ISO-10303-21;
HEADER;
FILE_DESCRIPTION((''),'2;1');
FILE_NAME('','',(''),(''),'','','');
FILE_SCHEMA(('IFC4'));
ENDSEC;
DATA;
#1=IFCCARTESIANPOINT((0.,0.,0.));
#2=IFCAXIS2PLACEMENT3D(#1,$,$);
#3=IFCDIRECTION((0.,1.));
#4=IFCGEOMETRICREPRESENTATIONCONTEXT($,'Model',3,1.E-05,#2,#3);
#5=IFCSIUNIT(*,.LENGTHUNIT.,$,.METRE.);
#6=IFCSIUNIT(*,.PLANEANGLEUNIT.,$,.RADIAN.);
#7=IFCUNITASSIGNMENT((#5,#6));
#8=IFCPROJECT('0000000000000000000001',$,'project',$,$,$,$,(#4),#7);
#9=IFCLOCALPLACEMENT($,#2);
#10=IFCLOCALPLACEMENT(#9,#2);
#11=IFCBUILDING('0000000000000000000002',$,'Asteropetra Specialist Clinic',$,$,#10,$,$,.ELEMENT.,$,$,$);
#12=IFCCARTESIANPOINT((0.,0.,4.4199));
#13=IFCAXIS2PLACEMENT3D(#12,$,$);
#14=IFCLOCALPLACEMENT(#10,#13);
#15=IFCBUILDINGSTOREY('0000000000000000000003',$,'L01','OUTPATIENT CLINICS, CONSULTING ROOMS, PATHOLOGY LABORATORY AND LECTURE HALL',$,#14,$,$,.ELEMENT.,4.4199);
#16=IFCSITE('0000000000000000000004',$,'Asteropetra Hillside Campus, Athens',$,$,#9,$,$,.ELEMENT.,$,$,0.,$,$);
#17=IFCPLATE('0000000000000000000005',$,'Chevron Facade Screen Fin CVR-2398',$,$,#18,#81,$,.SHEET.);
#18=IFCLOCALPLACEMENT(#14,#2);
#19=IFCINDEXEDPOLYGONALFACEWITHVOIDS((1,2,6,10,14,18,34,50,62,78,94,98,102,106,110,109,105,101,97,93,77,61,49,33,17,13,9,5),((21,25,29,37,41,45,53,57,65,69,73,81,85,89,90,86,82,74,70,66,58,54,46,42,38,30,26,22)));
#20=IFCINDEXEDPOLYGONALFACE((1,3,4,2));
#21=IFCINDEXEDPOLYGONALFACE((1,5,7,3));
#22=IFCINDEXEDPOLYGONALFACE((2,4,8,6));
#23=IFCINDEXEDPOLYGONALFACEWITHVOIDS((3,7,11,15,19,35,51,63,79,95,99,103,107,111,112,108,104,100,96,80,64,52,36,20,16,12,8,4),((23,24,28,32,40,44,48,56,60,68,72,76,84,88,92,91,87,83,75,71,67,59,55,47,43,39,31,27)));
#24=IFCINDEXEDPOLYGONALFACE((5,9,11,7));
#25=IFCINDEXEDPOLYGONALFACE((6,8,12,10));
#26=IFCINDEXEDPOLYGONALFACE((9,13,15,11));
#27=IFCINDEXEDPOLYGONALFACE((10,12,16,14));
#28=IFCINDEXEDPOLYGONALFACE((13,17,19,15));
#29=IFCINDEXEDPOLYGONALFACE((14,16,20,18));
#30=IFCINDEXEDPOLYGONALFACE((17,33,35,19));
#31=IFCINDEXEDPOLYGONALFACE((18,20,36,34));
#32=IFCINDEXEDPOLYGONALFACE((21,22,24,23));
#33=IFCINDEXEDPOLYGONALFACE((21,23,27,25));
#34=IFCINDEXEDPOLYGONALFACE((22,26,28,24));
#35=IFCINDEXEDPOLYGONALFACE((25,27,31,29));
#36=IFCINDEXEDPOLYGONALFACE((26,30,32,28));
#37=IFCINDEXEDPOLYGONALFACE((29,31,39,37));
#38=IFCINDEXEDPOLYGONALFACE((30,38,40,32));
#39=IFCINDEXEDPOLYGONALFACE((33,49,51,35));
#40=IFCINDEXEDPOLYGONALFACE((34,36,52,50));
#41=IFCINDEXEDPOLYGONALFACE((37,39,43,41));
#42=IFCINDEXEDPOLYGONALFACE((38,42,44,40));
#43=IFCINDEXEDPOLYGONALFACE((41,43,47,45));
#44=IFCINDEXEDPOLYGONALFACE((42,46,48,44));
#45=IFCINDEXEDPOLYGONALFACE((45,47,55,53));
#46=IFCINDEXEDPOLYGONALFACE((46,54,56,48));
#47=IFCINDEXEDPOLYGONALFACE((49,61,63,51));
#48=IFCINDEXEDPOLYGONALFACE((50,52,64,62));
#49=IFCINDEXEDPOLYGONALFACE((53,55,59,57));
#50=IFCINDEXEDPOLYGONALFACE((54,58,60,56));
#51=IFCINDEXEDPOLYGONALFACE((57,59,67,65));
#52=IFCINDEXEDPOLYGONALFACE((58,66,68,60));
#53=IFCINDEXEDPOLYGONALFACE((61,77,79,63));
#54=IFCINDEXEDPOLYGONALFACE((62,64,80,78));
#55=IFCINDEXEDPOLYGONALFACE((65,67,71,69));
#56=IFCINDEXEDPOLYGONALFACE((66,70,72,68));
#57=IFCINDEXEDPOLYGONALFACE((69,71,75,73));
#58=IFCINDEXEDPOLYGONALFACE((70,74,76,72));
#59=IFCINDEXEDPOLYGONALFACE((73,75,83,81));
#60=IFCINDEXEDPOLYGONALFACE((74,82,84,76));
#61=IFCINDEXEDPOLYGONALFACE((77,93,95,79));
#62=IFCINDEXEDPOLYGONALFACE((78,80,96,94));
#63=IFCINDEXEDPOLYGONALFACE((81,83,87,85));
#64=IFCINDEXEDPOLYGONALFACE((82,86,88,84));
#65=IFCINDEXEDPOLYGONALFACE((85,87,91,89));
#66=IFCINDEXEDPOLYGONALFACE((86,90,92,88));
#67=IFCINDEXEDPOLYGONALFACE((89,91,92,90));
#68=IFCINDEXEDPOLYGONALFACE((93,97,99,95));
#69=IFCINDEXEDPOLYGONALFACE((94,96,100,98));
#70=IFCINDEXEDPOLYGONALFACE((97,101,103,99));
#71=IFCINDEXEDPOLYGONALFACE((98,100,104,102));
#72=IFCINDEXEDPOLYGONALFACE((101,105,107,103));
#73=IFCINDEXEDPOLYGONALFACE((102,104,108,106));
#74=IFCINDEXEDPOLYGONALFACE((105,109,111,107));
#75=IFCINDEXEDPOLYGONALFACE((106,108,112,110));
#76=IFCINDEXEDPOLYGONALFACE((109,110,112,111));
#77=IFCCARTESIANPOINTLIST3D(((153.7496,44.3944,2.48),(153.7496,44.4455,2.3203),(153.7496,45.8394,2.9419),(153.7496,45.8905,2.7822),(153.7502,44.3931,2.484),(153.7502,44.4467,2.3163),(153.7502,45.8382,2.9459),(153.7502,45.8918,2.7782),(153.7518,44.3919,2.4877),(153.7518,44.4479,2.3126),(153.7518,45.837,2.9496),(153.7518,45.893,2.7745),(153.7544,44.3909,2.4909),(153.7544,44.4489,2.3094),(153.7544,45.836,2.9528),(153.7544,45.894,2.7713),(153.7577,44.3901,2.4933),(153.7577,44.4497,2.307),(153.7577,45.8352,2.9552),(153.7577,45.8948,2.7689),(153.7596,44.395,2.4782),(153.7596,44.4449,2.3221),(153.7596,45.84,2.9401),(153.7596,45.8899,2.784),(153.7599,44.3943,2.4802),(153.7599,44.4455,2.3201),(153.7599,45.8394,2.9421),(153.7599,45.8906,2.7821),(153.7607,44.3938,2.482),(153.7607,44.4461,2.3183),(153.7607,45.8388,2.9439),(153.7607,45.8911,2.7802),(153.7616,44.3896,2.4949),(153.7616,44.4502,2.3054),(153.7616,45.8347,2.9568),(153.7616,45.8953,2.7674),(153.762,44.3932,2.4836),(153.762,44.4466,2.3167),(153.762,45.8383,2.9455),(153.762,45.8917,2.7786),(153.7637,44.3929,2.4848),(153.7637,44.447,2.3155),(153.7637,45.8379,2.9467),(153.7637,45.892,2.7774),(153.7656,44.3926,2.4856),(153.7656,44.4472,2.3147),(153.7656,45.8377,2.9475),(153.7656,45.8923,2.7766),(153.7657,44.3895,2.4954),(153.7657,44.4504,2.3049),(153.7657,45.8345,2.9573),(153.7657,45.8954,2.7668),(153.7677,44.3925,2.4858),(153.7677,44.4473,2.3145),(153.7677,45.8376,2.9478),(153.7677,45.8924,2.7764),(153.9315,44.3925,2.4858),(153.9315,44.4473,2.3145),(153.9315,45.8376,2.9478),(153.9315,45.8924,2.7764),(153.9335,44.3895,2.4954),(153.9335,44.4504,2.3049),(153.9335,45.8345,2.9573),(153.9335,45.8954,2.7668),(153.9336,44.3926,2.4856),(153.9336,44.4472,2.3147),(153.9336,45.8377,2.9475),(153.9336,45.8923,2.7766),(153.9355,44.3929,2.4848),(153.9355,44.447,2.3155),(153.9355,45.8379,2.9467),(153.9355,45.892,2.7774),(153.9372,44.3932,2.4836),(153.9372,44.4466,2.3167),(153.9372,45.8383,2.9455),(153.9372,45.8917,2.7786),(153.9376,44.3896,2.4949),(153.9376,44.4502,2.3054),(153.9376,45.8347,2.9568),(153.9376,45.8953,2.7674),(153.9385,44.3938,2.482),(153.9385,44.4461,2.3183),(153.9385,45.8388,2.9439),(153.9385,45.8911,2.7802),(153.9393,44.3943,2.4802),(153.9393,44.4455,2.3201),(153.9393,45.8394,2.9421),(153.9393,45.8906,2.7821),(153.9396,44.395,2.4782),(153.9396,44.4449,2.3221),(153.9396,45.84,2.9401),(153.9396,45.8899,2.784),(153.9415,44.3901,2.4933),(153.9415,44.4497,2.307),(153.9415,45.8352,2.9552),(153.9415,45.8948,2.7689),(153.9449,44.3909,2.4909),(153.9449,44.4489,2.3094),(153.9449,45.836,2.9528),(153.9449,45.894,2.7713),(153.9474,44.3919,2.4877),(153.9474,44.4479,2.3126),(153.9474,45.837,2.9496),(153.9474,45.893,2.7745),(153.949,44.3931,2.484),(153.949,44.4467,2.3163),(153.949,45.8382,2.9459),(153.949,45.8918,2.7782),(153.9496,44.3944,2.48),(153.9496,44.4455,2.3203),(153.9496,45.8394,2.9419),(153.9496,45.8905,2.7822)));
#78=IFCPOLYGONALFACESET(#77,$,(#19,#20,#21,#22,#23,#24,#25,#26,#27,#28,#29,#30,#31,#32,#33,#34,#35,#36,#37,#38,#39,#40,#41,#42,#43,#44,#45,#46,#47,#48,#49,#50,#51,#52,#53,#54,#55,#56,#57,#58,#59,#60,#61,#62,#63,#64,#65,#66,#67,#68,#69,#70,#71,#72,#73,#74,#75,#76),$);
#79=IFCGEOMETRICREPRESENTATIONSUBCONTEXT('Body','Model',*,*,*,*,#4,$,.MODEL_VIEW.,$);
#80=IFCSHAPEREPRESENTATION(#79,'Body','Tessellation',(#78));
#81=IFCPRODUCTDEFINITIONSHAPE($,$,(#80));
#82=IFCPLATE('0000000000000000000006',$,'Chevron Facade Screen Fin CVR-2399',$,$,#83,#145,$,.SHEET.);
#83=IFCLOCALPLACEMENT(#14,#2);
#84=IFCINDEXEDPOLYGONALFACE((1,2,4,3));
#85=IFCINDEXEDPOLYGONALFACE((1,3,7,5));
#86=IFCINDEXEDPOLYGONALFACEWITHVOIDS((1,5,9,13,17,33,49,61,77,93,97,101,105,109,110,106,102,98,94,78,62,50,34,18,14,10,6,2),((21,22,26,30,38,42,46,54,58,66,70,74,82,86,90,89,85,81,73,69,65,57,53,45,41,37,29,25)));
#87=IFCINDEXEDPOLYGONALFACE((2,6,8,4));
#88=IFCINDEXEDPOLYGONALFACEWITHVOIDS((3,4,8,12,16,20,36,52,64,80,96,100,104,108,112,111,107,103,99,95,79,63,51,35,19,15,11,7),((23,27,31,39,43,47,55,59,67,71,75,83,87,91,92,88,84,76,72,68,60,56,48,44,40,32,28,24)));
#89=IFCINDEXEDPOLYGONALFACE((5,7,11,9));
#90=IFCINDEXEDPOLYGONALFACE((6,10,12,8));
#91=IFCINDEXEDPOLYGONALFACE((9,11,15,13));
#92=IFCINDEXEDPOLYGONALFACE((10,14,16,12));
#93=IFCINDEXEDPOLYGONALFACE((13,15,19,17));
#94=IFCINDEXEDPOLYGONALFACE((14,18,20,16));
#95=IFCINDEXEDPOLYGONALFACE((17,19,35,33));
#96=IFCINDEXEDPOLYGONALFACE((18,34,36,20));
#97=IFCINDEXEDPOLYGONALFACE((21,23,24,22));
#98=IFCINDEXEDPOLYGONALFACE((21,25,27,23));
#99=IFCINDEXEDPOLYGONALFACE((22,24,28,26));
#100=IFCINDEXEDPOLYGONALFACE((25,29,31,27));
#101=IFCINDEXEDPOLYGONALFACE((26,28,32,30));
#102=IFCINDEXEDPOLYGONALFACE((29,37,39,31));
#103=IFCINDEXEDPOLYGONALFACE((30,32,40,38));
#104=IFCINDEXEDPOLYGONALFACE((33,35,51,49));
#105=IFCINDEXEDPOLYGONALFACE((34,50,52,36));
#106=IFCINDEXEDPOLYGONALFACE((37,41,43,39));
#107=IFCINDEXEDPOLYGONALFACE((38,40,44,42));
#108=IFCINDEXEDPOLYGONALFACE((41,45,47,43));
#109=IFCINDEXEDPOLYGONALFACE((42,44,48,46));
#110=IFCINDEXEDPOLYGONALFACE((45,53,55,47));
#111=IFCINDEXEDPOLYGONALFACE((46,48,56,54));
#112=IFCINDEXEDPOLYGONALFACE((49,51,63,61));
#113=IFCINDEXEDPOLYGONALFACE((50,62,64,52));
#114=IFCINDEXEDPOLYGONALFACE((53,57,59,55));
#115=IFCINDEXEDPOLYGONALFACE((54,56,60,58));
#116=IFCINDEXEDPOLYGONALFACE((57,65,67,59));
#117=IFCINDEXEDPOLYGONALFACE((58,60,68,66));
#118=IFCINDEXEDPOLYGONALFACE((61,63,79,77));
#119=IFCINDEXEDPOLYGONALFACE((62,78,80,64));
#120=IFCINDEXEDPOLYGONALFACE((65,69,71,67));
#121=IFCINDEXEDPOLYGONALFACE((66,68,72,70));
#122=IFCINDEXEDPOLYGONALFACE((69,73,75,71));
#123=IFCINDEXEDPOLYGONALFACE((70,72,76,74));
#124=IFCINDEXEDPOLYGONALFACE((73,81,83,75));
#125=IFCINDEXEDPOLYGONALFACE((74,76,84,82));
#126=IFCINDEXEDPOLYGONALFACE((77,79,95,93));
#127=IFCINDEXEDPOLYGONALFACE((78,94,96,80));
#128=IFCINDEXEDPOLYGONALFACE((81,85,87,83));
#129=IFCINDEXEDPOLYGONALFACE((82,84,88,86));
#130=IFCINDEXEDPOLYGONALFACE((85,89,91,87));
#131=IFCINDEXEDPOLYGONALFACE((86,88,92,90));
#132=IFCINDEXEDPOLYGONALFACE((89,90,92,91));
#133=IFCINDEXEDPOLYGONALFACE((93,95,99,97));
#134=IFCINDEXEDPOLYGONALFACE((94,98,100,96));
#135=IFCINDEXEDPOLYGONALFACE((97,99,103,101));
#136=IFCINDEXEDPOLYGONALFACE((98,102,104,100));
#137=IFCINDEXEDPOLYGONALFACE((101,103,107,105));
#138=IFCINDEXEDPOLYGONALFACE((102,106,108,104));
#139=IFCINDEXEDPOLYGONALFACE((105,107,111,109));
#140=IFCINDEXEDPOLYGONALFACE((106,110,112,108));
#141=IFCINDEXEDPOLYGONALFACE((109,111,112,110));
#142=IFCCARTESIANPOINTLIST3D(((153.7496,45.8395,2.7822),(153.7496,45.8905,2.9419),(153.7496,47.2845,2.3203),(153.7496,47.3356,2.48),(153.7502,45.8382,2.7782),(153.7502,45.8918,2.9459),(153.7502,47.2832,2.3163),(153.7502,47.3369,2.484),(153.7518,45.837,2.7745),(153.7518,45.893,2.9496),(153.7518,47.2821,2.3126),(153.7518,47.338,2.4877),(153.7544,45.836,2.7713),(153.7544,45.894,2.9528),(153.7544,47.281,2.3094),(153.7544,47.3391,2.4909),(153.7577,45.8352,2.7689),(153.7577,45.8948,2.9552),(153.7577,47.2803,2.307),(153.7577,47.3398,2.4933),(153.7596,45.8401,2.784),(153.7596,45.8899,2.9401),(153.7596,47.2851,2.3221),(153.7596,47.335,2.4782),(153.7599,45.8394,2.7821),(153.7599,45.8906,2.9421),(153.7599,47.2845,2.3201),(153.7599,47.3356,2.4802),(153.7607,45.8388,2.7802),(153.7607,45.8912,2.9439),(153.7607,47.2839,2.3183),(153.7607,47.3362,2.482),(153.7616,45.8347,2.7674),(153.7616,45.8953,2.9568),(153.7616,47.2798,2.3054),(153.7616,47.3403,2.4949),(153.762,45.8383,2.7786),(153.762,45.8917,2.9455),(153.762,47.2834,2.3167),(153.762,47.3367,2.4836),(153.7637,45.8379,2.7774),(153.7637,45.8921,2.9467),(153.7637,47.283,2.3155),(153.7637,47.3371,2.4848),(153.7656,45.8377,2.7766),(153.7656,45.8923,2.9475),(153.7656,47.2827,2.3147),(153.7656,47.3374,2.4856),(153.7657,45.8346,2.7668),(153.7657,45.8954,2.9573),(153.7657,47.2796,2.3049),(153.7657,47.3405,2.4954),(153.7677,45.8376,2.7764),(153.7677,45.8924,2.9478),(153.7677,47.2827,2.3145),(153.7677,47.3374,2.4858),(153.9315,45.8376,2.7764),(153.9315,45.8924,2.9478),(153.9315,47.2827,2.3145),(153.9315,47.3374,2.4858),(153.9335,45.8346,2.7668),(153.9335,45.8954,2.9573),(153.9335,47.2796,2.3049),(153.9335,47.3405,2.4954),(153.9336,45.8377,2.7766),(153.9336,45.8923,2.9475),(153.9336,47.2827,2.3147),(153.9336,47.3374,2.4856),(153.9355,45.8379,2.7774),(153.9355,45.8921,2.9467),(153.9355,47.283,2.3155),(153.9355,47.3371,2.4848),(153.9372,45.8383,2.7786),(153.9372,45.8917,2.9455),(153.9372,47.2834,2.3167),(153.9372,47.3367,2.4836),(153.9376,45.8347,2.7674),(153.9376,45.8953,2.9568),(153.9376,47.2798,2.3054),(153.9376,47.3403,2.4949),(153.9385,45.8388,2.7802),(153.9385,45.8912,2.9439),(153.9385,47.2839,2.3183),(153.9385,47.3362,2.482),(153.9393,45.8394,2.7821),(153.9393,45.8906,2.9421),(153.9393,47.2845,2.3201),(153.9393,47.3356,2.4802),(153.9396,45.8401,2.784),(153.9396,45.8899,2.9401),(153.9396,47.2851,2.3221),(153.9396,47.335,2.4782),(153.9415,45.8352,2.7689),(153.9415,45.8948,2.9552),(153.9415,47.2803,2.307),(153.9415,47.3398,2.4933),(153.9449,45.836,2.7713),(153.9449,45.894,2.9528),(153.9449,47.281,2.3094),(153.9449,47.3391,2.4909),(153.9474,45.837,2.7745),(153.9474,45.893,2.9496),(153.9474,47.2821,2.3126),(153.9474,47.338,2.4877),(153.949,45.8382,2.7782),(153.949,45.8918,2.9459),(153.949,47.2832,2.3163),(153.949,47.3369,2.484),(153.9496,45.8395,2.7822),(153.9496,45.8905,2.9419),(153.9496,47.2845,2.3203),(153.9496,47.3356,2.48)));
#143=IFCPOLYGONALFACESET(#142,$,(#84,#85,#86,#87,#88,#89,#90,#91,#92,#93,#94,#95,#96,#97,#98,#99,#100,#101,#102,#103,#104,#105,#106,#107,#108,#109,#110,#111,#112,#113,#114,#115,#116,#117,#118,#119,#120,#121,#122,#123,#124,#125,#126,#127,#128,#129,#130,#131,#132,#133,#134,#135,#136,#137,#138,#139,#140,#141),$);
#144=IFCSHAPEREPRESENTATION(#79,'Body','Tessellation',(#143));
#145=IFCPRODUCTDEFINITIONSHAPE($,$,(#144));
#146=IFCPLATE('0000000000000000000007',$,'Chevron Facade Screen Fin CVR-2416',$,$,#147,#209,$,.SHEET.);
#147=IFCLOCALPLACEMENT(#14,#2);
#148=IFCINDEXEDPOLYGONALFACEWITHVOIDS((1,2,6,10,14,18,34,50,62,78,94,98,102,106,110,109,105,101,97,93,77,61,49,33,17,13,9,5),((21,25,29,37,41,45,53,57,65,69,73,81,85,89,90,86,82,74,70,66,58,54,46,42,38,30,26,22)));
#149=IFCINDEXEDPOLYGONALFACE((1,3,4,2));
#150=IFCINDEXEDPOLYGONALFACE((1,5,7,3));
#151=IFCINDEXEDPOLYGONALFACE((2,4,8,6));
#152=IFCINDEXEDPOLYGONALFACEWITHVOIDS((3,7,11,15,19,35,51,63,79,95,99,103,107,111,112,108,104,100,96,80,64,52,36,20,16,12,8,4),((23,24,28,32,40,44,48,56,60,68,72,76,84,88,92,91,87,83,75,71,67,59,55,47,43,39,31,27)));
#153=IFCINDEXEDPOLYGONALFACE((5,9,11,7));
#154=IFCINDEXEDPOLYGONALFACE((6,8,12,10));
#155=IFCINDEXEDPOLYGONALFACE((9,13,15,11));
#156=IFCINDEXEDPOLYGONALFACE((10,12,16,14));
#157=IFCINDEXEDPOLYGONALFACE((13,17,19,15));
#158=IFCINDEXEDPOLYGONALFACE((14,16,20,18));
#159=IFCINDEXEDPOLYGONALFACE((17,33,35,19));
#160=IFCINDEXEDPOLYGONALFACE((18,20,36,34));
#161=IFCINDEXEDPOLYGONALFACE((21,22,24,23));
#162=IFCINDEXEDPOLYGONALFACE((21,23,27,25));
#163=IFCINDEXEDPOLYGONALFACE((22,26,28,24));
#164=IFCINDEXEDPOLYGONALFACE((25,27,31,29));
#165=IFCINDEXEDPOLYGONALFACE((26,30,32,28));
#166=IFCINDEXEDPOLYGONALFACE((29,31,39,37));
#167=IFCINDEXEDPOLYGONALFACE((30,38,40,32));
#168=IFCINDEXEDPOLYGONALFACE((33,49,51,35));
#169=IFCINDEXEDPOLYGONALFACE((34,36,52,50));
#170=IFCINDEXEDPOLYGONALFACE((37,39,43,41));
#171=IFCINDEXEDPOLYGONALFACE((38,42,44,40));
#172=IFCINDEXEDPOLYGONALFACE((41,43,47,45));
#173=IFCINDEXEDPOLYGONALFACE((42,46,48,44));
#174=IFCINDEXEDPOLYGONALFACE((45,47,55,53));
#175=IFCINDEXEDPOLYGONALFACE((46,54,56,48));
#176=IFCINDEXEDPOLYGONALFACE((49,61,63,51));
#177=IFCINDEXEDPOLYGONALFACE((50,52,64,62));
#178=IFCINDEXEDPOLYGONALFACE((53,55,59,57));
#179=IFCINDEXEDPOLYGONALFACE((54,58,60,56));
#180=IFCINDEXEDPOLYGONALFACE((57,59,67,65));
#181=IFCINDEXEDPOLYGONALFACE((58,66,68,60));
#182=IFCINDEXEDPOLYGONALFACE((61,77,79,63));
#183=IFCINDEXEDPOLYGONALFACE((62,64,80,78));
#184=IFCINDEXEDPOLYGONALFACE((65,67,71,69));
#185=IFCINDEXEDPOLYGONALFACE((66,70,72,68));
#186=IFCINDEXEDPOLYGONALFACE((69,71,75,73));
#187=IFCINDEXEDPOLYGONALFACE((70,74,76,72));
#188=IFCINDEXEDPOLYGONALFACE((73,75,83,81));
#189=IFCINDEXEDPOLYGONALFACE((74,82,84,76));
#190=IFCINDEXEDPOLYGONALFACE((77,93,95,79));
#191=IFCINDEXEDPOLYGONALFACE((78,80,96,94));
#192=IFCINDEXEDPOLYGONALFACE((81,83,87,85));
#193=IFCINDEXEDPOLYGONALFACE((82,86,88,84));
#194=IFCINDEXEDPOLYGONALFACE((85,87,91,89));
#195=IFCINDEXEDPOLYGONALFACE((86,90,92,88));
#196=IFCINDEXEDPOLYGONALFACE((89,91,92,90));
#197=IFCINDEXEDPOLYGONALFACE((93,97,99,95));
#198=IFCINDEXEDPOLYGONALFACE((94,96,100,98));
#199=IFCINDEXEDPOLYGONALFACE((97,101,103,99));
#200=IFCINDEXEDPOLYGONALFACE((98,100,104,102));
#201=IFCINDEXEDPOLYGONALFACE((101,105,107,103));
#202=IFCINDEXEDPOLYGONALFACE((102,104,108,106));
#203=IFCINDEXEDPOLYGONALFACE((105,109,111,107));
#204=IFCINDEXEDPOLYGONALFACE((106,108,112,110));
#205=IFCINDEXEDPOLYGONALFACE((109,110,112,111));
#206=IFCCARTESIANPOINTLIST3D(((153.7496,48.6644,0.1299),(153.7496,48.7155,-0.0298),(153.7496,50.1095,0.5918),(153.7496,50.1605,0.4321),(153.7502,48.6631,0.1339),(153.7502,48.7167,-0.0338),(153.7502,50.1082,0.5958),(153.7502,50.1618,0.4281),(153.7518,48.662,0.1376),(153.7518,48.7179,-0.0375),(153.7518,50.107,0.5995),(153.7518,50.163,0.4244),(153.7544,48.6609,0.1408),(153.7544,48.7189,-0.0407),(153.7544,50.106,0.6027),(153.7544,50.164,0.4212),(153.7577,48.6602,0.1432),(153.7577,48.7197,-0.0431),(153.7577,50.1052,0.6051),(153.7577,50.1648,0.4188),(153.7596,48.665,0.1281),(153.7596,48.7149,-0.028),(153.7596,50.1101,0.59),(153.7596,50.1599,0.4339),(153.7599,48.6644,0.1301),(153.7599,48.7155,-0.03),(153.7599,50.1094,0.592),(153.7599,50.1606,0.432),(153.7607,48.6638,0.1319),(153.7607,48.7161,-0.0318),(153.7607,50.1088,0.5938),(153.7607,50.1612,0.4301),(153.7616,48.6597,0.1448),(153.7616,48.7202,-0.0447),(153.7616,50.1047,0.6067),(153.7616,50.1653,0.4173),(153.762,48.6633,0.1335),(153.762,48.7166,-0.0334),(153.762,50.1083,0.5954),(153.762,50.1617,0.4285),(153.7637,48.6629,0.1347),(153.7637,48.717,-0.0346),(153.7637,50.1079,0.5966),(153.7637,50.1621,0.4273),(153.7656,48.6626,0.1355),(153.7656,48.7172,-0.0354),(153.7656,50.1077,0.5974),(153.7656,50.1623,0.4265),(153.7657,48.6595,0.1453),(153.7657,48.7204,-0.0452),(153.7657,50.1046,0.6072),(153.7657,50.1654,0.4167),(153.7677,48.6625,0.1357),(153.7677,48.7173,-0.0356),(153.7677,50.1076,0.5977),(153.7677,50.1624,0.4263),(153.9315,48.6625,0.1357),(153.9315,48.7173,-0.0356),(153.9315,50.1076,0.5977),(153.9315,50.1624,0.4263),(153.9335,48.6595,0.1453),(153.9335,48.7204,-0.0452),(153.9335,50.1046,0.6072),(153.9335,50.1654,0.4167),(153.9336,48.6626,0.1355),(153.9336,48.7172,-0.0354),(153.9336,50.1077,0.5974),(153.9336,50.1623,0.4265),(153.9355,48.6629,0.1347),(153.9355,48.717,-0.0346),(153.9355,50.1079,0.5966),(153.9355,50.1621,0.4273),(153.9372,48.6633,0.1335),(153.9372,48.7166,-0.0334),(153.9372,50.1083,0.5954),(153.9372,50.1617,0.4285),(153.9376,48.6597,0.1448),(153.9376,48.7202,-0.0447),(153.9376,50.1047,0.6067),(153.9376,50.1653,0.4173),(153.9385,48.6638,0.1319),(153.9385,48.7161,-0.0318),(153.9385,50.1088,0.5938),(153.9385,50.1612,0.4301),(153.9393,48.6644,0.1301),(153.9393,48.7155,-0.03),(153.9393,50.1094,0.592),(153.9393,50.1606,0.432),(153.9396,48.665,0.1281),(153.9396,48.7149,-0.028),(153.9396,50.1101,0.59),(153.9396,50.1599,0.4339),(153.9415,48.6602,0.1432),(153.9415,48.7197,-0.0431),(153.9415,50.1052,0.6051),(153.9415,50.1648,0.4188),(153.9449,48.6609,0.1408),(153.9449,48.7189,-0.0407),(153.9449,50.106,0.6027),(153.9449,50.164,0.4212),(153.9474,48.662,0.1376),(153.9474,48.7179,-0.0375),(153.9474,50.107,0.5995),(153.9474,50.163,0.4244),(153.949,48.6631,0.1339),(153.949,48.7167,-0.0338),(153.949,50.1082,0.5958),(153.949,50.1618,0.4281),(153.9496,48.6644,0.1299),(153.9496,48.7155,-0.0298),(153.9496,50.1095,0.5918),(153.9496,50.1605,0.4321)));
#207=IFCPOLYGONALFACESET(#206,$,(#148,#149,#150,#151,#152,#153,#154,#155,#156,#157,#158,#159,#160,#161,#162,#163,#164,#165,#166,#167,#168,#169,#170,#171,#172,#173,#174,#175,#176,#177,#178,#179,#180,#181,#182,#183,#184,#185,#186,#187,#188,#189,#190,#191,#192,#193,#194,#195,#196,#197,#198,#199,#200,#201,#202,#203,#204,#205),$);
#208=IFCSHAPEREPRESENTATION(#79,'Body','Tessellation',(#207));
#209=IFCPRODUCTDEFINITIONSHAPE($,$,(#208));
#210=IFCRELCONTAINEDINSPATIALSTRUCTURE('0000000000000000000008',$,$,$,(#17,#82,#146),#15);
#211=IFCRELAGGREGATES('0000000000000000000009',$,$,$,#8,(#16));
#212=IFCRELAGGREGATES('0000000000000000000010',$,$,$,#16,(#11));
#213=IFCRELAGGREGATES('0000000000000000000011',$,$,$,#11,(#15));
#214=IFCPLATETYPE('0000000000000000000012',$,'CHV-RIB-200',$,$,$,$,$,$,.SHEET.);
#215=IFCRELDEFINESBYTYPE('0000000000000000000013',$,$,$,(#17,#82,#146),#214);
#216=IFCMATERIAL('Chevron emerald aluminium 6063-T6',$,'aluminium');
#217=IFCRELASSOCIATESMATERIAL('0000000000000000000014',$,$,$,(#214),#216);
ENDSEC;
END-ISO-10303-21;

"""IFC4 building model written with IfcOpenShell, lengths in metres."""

from ifc_helpers import new_model, si_unit, direction, frame, origin, origin_2d, place, context, subcontext, project, spatial, hollow_rectangle, extrude, material, material_profile, profile_set, type_object, element, save


model = new_model("IFC4")

# Units and contexts
model_context = context("Model", 3, precision=1e-05, world=origin(), true_north=direction((0.0, 1.0)))
body_context = subcontext(model_context, "Body", "Model", "MODEL_VIEW")
ifc_project = project(units=[si_unit("LENGTHUNIT", "METRE"), si_unit("PLANEANGLEUNIT", "RADIAN")], contexts=[model_context])

# Site, building, storey
site_placement = place(None, origin())
site = spatial("IfcSite", under=ifc_project, at=site_placement, Name="Asteropetra Hillside Campus, Athens", CompositionType="ELEMENT", RefElevation=0.0)
building_placement = place(site_placement, origin())
building = spatial("IfcBuilding", under=site, at=building_placement, Name="Asteropetra Specialist Clinic", CompositionType="ELEMENT")
storey_placement = place(building_placement, frame((0.0, 0.0, 4.4199)))
storey = spatial("IfcBuildingStorey", under=building, at=storey_placement, Name="L01", Description="OUTPATIENT CLINICS, CONSULTING ROOMS, PATHOLOGY LABORATORY AND LECTURE HALL", CompositionType="ELEMENT", Elevation=4.4199)

# Plates
ifc_material_1 = material(Name="Chevron emerald aluminium 6063-T6", Category="aluminium")
ifc_material_profile = material_profile(ifc_material_1, hollow_rectangle(XDim=0.2, YDim=0.2, WallThickness=0.01, InnerFilletRadius=0.0081, OuterFilletRadius=0.0161, at=origin_2d()), Name="SHS 200x200x10.0")
ifc_profile_set = profile_set([ifc_material_profile], Name="Chevron emerald aluminium 6063-T6")
plate_type = type_object("IfcPlateType", Name="CHV-RIB-200", PredefinedType="SHEET", material=ifc_profile_set)
for number, where, z_axis, x_axis, name in (
    (1, (153.8496, 44.4199, 2.4001), (0.0, 0.952521, 0.304472), (-1.0, 0.0, 0.0), "Chevron Facade Screen Fin CVR-2398"),
    (2, (153.8496, 45.865, 2.8621), (0.0, 0.952521, -0.304472), (-1.0, 0.0, 0.0), "Chevron Facade Screen Fin CVR-2399"),
    (3, (153.8496, 48.6899, 0.05), (0.0, 0.952521, 0.304472), (-1.0, 0.0, 0.0), "Chevron Facade Screen Fin CVR-2416"),
):
    element("IfcPlate", number, at=place(storey_placement, frame(where, z_axis=z_axis, x_axis=x_axis)), inside=storey, type_object=plate_type, Name=name, PredefinedType="SHEET", context=body_context, shape_type="SweptSolid", body=[
        extrude(hollow_rectangle(XDim=0.2, YDim=0.2, WallThickness=0.01, InnerFilletRadius=0.0081, OuterFilletRadius=0.0161, at=origin_2d()), origin(), (0.0, 0.0, 1.0), 1.5171),
    ])

save(model, "model.ifc")
